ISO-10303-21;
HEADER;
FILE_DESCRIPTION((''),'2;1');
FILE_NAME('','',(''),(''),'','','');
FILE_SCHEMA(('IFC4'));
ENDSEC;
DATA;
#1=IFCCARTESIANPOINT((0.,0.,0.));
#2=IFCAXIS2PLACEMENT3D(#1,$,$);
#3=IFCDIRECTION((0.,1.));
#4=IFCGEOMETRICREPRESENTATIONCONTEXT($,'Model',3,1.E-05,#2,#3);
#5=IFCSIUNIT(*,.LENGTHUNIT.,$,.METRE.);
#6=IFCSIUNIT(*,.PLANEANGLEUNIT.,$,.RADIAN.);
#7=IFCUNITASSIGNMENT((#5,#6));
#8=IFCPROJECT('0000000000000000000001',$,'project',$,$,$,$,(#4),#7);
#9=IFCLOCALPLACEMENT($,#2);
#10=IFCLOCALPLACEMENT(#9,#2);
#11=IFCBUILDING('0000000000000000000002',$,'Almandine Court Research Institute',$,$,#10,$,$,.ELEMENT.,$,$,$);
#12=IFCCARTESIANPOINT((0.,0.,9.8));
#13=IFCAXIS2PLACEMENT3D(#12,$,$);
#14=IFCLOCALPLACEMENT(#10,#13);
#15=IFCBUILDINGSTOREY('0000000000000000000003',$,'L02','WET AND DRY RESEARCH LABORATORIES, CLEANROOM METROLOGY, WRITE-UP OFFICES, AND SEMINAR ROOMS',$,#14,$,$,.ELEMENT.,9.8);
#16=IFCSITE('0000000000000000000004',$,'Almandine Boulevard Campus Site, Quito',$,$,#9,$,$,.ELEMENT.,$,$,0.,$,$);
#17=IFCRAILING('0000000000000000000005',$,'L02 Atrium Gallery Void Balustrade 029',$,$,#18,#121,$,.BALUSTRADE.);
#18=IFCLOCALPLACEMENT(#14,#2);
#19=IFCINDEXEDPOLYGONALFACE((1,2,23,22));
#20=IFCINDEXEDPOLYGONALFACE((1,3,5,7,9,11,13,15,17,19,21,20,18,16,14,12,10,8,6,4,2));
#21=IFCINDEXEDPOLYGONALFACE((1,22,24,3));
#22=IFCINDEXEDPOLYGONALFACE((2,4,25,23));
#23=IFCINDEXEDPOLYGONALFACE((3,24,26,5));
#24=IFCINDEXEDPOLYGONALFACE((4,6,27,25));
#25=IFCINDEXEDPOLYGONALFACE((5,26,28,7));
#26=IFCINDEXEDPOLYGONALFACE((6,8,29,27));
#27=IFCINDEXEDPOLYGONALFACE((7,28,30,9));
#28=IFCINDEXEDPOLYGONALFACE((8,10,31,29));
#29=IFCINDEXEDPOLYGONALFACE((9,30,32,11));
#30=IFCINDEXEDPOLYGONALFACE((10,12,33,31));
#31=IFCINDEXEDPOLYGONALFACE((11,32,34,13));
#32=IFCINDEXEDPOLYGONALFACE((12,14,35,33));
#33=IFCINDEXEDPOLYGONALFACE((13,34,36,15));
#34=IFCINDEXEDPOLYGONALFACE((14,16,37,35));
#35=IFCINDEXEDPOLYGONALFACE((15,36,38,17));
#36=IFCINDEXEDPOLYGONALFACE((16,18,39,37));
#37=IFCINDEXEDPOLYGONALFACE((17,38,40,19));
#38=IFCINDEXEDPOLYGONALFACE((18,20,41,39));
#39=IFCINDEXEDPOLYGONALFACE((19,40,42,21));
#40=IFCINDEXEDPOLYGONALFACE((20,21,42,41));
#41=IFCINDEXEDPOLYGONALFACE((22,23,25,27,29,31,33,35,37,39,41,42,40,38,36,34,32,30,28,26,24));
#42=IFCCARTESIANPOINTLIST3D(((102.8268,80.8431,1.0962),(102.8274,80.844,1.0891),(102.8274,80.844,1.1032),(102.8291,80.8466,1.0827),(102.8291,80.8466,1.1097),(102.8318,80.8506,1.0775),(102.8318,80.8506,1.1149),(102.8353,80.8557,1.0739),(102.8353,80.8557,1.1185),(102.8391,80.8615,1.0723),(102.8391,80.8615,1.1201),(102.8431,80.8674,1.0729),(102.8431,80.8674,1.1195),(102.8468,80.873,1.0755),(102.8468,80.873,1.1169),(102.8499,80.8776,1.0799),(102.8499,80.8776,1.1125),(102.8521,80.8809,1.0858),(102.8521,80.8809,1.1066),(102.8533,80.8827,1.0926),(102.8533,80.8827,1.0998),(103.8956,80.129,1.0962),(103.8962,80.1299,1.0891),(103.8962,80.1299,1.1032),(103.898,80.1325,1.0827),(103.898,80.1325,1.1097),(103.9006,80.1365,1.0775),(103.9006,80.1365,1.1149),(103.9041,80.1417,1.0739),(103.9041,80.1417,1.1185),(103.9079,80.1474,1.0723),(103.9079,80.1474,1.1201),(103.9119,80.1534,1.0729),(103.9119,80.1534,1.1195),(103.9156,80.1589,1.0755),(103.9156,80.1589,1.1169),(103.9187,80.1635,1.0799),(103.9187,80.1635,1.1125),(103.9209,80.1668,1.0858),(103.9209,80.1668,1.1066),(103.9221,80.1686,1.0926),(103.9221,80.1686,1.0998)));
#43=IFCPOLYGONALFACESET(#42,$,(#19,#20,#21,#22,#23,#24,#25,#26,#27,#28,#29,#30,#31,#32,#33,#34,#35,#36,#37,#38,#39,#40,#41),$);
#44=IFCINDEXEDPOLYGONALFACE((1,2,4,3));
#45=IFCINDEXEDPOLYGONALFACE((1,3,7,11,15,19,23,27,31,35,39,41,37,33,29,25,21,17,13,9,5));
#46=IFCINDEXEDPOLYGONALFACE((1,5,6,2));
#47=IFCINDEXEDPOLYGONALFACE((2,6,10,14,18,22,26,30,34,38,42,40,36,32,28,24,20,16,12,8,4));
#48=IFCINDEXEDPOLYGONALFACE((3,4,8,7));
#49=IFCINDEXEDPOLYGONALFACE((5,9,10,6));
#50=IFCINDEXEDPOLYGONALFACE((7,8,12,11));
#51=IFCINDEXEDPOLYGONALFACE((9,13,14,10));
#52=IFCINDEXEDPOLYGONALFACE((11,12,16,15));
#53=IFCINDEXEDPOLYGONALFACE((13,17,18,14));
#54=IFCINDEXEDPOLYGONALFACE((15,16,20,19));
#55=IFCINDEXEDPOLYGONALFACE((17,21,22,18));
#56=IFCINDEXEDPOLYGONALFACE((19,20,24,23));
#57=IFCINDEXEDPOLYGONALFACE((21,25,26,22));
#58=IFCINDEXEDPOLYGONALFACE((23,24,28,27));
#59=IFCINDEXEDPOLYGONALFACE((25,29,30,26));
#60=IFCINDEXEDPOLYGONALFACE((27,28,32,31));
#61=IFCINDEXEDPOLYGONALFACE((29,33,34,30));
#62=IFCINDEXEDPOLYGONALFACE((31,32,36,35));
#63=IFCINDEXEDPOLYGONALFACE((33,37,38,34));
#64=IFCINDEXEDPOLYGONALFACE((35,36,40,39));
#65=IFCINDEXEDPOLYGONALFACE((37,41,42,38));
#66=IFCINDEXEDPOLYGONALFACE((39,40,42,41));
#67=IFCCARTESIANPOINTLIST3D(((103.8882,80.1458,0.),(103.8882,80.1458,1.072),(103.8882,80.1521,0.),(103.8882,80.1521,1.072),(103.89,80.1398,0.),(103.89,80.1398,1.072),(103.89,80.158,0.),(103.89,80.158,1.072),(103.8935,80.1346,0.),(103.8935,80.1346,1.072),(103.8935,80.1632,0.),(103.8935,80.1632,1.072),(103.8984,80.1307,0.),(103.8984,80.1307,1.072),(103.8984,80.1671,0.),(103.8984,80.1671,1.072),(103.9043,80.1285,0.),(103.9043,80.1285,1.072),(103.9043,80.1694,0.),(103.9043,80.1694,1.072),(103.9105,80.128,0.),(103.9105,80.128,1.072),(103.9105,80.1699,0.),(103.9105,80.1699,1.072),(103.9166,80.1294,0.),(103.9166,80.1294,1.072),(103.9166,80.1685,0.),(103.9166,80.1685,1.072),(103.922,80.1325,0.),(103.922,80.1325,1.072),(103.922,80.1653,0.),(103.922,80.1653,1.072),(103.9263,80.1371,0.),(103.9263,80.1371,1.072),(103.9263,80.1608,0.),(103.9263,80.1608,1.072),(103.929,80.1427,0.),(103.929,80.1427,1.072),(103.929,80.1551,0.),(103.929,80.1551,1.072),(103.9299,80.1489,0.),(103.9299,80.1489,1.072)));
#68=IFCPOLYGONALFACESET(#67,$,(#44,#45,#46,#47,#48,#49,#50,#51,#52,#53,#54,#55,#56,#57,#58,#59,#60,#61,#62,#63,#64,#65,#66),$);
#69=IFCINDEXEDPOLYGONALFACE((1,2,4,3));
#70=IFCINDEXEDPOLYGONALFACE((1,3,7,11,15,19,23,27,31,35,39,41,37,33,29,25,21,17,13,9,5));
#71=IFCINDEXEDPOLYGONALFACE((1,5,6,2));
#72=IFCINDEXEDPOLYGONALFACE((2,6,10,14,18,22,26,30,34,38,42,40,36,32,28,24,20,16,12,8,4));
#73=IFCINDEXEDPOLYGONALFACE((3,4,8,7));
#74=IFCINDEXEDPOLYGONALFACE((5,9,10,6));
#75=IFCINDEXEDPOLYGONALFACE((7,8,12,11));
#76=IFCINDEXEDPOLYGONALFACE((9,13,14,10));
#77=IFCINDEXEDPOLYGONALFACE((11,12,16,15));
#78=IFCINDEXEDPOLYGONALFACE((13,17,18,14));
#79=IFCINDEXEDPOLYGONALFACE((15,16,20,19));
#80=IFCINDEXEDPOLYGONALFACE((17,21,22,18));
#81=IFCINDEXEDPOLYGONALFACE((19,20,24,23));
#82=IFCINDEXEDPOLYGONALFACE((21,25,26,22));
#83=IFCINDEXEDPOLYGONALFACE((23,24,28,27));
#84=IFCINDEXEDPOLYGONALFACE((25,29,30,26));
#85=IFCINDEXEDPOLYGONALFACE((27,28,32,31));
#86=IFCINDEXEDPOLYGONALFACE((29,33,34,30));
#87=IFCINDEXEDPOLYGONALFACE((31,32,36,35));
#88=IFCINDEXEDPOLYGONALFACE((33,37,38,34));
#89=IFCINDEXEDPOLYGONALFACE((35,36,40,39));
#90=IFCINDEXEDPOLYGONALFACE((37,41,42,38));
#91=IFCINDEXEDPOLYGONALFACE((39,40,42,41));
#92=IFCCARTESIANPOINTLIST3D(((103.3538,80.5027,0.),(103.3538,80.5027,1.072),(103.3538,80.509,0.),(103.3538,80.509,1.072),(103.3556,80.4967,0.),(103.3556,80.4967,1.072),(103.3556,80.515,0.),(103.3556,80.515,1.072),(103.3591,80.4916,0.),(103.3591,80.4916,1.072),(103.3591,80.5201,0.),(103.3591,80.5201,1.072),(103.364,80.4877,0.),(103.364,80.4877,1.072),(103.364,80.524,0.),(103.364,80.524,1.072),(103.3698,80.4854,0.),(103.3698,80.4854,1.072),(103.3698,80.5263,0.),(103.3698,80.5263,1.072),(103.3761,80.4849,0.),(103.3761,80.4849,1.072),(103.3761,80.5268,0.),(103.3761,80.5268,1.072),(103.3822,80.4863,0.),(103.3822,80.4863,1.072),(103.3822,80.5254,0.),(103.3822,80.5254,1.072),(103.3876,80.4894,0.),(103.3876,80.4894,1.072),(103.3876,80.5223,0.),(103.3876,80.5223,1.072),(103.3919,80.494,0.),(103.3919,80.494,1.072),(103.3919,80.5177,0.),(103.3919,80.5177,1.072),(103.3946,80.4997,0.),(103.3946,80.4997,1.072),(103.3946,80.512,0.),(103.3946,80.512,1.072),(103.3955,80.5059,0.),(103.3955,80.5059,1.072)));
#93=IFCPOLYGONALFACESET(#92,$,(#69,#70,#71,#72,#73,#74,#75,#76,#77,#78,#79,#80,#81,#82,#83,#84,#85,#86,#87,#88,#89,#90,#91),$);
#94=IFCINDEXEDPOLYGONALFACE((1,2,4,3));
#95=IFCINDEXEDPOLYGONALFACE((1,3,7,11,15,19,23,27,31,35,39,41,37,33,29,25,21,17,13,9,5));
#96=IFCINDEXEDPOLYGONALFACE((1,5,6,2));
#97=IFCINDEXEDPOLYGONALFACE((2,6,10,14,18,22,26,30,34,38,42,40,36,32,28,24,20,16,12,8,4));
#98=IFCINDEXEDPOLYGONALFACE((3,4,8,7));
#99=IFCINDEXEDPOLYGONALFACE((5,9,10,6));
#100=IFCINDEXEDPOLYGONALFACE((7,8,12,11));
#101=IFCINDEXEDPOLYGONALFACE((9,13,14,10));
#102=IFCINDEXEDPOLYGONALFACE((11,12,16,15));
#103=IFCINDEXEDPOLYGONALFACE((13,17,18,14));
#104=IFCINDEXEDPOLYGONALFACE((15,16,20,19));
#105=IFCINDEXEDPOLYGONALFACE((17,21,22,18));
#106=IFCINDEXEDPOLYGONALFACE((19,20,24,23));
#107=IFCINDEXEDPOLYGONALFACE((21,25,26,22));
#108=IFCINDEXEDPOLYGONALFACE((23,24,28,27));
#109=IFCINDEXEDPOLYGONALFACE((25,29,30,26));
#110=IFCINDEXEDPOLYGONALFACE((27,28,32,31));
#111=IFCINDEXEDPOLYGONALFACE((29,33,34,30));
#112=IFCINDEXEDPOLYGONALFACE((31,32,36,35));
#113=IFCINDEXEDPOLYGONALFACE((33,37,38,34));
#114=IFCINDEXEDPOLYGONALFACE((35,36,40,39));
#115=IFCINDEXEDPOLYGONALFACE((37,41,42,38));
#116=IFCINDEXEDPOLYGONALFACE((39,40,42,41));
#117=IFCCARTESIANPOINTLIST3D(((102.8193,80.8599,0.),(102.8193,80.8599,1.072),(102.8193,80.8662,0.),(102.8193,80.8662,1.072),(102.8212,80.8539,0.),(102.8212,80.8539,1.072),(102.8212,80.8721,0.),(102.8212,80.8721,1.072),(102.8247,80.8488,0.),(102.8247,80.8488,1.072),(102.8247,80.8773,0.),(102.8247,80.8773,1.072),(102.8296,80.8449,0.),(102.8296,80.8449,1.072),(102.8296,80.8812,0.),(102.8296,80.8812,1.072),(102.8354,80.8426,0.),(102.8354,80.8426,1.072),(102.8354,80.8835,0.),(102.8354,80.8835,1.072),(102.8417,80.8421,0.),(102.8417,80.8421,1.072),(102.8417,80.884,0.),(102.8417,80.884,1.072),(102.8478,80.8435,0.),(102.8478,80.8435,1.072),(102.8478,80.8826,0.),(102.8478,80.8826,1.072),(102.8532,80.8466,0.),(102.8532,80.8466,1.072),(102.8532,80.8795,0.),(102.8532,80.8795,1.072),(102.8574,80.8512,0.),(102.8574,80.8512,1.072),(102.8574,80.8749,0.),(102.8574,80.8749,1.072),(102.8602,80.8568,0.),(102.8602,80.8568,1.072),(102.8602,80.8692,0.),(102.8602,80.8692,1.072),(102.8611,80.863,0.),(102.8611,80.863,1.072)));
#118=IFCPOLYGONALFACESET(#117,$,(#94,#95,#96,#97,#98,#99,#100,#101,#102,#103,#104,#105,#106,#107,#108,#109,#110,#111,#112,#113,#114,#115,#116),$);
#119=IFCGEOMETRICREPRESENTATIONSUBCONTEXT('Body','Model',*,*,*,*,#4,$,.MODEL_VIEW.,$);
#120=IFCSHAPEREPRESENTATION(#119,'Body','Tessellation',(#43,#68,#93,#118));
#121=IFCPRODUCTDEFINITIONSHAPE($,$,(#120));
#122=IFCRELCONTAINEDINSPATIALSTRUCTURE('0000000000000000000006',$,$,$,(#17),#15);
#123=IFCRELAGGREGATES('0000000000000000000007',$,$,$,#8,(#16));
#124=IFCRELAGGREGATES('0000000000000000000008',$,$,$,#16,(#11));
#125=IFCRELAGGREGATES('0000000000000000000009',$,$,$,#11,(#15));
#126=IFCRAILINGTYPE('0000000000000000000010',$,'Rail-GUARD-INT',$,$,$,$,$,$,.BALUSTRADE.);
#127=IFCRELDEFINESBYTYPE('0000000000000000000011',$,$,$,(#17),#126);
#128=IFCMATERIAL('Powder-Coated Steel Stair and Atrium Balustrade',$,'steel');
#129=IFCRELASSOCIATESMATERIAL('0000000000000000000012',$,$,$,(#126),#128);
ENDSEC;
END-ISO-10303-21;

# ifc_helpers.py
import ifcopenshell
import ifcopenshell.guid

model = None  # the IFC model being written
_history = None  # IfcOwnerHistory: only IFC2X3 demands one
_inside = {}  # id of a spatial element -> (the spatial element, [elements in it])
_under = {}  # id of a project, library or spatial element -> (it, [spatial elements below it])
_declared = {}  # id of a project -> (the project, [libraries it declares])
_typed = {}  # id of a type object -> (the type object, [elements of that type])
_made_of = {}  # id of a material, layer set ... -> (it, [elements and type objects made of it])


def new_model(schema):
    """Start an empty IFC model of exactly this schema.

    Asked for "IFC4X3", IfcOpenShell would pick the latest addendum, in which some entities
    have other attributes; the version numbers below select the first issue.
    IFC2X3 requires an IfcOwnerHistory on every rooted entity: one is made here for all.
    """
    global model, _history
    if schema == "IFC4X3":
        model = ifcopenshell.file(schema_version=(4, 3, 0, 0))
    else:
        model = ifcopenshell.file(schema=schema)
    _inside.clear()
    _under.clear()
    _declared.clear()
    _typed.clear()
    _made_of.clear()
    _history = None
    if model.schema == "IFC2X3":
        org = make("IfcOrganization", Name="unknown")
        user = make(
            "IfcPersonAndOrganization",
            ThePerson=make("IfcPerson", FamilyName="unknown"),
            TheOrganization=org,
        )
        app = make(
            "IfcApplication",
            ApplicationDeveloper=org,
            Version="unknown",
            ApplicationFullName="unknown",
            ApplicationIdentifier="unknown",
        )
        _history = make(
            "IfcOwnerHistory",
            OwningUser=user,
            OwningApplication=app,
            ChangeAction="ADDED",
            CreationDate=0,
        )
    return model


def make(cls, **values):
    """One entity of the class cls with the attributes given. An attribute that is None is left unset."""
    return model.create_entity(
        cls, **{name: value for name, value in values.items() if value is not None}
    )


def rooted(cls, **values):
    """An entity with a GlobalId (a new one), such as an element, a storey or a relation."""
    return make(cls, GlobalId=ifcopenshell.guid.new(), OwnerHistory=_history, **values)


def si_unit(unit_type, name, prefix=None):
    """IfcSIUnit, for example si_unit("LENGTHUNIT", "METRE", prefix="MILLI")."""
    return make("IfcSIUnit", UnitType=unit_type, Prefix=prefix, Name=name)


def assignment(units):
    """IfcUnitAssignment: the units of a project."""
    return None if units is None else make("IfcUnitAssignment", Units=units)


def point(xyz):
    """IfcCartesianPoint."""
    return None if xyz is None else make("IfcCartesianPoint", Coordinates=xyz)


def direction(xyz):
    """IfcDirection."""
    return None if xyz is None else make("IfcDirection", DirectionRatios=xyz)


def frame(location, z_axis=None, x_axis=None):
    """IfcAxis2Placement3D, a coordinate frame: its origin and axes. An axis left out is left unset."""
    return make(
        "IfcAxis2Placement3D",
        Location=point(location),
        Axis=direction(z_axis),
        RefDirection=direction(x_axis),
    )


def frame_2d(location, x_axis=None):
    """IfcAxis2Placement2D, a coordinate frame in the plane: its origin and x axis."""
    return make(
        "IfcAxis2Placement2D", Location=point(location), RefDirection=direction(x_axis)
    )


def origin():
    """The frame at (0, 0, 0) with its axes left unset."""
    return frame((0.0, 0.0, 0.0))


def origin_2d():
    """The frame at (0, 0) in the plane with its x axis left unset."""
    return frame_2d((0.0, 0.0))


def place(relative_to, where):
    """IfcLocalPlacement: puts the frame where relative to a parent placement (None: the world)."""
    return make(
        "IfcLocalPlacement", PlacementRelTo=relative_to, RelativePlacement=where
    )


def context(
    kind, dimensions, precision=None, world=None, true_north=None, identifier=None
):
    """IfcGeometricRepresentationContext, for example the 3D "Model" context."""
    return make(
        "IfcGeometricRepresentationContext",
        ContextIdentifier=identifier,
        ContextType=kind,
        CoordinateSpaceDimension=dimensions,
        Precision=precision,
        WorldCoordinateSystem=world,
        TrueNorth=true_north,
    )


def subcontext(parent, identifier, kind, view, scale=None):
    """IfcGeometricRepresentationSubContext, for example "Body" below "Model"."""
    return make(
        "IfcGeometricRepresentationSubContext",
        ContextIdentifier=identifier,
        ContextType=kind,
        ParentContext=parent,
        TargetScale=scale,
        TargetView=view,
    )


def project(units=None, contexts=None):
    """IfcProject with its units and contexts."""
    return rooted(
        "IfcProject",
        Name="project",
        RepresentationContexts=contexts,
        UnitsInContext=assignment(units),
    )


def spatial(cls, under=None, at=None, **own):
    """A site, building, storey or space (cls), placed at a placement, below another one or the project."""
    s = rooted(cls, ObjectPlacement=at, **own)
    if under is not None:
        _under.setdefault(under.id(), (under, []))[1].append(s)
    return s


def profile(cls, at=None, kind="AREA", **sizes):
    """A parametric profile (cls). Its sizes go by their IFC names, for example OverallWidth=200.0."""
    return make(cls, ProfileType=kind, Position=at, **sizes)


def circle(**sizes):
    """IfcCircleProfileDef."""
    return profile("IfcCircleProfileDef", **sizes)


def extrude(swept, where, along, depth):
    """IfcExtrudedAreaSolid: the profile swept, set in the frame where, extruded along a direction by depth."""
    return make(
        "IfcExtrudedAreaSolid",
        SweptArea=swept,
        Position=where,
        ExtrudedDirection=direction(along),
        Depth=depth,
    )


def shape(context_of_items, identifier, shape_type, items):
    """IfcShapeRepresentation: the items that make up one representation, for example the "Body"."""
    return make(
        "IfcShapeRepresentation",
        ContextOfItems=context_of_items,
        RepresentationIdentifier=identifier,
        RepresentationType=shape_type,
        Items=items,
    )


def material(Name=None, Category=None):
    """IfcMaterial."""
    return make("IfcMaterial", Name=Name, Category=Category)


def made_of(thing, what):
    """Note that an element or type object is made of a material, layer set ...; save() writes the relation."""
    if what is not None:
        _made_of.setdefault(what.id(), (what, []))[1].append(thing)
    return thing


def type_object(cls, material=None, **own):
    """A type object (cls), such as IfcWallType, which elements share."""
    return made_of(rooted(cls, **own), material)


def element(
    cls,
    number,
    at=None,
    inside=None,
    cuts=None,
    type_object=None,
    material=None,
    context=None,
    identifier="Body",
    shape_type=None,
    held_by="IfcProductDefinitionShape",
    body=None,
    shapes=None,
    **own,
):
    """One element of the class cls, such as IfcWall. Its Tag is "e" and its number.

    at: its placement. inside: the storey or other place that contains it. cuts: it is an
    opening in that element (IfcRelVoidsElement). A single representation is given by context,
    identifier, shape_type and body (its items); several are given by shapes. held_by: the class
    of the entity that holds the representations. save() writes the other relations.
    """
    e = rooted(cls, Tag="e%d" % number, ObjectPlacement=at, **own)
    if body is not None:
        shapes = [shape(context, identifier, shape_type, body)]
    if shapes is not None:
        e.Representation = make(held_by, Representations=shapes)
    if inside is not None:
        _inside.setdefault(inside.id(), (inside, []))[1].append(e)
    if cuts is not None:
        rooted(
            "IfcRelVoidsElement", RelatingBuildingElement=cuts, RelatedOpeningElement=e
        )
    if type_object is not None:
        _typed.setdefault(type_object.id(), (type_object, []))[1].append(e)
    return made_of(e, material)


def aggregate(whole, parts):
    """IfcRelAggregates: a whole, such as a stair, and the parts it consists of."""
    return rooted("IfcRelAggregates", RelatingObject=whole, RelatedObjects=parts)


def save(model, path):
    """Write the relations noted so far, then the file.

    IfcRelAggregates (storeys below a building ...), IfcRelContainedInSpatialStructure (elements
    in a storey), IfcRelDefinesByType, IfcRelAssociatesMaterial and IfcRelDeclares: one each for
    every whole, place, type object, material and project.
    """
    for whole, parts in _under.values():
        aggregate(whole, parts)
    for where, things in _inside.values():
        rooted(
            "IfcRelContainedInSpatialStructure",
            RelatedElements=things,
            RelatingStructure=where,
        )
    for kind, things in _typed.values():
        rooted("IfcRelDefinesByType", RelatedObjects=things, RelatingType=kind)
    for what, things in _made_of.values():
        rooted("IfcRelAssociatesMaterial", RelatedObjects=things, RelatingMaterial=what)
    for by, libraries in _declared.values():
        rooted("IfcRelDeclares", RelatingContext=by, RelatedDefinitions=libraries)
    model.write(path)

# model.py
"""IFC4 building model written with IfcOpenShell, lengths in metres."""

from ifc_helpers import new_model, si_unit, direction, frame, origin, origin_2d, place, context, subcontext, project, spatial, circle, extrude, material, type_object, element, save


model = new_model("IFC4")

# Units and contexts
model_context = context("Model", 3, precision=1e-05, world=origin(), true_north=direction((0.0, 1.0)))
body_context = subcontext(model_context, "Body", "Model", "MODEL_VIEW")
ifc_project = project(units=[si_unit("LENGTHUNIT", "METRE"), si_unit("PLANEANGLEUNIT", "RADIAN")], contexts=[model_context])

# Site, building, storey
site_placement = place(None, origin())
site = spatial("IfcSite", under=ifc_project, at=site_placement, Name="Almandine Boulevard Campus Site, Quito", CompositionType="ELEMENT", RefElevation=0.0)
building_placement = place(site_placement, origin())
building = spatial("IfcBuilding", under=site, at=building_placement, Name="Almandine Court Research Institute", CompositionType="ELEMENT")
storey_placement = place(building_placement, frame((0.0, 0.0, 9.8)))
storey = spatial("IfcBuildingStorey", under=building, at=storey_placement, Name="L02", Description="WET AND DRY RESEARCH LABORATORIES, CLEANROOM METROLOGY, WRITE-UP OFFICES, AND SEMINAR ROOMS", CompositionType="ELEMENT", Elevation=9.8)

# Railing
ifc_material_1 = material(Name="Powder-Coated Steel Stair and Atrium Balustrade", Category="steel")
railing_type = type_object("IfcRailingType", Name="Rail-GUARD-INT", PredefinedType="BALUSTRADE", material=ifc_material_1)
railing_1_placement = place(storey_placement, frame((103.9089, 80.1489, 0.0)))
element("IfcRailing", 1, at=railing_1_placement, inside=storey, type_object=railing_type, Name="L02 Atrium Gallery Void Balustrade 029", PredefinedType="BALUSTRADE", context=body_context, shape_type="SweptSolid", body=[
    extrude(circle(Radius=0.0239, at=origin_2d()), frame((0.0, 0.0, 1.0962), z_axis=(-0.831495, 0.555533, 0.0), x_axis=(-0.555533, -0.831495, 0.0)), (0.0, 0.0, 1.0), 1.2854),
    extrude(circle(Radius=0.021, at=origin_2d()), origin(), (0.0, 0.0, 1.0), 1.072),
    extrude(circle(Radius=0.021, at=origin_2d()), frame((-0.5344, 0.3569, 0.0)), (0.0, 0.0, 1.0), 1.072),
    extrude(circle(Radius=0.021, at=origin_2d()), frame((-1.0688, 0.7141, 0.0)), (0.0, 0.0, 1.0), 1.072),
])

save(model, "model.ifc")
